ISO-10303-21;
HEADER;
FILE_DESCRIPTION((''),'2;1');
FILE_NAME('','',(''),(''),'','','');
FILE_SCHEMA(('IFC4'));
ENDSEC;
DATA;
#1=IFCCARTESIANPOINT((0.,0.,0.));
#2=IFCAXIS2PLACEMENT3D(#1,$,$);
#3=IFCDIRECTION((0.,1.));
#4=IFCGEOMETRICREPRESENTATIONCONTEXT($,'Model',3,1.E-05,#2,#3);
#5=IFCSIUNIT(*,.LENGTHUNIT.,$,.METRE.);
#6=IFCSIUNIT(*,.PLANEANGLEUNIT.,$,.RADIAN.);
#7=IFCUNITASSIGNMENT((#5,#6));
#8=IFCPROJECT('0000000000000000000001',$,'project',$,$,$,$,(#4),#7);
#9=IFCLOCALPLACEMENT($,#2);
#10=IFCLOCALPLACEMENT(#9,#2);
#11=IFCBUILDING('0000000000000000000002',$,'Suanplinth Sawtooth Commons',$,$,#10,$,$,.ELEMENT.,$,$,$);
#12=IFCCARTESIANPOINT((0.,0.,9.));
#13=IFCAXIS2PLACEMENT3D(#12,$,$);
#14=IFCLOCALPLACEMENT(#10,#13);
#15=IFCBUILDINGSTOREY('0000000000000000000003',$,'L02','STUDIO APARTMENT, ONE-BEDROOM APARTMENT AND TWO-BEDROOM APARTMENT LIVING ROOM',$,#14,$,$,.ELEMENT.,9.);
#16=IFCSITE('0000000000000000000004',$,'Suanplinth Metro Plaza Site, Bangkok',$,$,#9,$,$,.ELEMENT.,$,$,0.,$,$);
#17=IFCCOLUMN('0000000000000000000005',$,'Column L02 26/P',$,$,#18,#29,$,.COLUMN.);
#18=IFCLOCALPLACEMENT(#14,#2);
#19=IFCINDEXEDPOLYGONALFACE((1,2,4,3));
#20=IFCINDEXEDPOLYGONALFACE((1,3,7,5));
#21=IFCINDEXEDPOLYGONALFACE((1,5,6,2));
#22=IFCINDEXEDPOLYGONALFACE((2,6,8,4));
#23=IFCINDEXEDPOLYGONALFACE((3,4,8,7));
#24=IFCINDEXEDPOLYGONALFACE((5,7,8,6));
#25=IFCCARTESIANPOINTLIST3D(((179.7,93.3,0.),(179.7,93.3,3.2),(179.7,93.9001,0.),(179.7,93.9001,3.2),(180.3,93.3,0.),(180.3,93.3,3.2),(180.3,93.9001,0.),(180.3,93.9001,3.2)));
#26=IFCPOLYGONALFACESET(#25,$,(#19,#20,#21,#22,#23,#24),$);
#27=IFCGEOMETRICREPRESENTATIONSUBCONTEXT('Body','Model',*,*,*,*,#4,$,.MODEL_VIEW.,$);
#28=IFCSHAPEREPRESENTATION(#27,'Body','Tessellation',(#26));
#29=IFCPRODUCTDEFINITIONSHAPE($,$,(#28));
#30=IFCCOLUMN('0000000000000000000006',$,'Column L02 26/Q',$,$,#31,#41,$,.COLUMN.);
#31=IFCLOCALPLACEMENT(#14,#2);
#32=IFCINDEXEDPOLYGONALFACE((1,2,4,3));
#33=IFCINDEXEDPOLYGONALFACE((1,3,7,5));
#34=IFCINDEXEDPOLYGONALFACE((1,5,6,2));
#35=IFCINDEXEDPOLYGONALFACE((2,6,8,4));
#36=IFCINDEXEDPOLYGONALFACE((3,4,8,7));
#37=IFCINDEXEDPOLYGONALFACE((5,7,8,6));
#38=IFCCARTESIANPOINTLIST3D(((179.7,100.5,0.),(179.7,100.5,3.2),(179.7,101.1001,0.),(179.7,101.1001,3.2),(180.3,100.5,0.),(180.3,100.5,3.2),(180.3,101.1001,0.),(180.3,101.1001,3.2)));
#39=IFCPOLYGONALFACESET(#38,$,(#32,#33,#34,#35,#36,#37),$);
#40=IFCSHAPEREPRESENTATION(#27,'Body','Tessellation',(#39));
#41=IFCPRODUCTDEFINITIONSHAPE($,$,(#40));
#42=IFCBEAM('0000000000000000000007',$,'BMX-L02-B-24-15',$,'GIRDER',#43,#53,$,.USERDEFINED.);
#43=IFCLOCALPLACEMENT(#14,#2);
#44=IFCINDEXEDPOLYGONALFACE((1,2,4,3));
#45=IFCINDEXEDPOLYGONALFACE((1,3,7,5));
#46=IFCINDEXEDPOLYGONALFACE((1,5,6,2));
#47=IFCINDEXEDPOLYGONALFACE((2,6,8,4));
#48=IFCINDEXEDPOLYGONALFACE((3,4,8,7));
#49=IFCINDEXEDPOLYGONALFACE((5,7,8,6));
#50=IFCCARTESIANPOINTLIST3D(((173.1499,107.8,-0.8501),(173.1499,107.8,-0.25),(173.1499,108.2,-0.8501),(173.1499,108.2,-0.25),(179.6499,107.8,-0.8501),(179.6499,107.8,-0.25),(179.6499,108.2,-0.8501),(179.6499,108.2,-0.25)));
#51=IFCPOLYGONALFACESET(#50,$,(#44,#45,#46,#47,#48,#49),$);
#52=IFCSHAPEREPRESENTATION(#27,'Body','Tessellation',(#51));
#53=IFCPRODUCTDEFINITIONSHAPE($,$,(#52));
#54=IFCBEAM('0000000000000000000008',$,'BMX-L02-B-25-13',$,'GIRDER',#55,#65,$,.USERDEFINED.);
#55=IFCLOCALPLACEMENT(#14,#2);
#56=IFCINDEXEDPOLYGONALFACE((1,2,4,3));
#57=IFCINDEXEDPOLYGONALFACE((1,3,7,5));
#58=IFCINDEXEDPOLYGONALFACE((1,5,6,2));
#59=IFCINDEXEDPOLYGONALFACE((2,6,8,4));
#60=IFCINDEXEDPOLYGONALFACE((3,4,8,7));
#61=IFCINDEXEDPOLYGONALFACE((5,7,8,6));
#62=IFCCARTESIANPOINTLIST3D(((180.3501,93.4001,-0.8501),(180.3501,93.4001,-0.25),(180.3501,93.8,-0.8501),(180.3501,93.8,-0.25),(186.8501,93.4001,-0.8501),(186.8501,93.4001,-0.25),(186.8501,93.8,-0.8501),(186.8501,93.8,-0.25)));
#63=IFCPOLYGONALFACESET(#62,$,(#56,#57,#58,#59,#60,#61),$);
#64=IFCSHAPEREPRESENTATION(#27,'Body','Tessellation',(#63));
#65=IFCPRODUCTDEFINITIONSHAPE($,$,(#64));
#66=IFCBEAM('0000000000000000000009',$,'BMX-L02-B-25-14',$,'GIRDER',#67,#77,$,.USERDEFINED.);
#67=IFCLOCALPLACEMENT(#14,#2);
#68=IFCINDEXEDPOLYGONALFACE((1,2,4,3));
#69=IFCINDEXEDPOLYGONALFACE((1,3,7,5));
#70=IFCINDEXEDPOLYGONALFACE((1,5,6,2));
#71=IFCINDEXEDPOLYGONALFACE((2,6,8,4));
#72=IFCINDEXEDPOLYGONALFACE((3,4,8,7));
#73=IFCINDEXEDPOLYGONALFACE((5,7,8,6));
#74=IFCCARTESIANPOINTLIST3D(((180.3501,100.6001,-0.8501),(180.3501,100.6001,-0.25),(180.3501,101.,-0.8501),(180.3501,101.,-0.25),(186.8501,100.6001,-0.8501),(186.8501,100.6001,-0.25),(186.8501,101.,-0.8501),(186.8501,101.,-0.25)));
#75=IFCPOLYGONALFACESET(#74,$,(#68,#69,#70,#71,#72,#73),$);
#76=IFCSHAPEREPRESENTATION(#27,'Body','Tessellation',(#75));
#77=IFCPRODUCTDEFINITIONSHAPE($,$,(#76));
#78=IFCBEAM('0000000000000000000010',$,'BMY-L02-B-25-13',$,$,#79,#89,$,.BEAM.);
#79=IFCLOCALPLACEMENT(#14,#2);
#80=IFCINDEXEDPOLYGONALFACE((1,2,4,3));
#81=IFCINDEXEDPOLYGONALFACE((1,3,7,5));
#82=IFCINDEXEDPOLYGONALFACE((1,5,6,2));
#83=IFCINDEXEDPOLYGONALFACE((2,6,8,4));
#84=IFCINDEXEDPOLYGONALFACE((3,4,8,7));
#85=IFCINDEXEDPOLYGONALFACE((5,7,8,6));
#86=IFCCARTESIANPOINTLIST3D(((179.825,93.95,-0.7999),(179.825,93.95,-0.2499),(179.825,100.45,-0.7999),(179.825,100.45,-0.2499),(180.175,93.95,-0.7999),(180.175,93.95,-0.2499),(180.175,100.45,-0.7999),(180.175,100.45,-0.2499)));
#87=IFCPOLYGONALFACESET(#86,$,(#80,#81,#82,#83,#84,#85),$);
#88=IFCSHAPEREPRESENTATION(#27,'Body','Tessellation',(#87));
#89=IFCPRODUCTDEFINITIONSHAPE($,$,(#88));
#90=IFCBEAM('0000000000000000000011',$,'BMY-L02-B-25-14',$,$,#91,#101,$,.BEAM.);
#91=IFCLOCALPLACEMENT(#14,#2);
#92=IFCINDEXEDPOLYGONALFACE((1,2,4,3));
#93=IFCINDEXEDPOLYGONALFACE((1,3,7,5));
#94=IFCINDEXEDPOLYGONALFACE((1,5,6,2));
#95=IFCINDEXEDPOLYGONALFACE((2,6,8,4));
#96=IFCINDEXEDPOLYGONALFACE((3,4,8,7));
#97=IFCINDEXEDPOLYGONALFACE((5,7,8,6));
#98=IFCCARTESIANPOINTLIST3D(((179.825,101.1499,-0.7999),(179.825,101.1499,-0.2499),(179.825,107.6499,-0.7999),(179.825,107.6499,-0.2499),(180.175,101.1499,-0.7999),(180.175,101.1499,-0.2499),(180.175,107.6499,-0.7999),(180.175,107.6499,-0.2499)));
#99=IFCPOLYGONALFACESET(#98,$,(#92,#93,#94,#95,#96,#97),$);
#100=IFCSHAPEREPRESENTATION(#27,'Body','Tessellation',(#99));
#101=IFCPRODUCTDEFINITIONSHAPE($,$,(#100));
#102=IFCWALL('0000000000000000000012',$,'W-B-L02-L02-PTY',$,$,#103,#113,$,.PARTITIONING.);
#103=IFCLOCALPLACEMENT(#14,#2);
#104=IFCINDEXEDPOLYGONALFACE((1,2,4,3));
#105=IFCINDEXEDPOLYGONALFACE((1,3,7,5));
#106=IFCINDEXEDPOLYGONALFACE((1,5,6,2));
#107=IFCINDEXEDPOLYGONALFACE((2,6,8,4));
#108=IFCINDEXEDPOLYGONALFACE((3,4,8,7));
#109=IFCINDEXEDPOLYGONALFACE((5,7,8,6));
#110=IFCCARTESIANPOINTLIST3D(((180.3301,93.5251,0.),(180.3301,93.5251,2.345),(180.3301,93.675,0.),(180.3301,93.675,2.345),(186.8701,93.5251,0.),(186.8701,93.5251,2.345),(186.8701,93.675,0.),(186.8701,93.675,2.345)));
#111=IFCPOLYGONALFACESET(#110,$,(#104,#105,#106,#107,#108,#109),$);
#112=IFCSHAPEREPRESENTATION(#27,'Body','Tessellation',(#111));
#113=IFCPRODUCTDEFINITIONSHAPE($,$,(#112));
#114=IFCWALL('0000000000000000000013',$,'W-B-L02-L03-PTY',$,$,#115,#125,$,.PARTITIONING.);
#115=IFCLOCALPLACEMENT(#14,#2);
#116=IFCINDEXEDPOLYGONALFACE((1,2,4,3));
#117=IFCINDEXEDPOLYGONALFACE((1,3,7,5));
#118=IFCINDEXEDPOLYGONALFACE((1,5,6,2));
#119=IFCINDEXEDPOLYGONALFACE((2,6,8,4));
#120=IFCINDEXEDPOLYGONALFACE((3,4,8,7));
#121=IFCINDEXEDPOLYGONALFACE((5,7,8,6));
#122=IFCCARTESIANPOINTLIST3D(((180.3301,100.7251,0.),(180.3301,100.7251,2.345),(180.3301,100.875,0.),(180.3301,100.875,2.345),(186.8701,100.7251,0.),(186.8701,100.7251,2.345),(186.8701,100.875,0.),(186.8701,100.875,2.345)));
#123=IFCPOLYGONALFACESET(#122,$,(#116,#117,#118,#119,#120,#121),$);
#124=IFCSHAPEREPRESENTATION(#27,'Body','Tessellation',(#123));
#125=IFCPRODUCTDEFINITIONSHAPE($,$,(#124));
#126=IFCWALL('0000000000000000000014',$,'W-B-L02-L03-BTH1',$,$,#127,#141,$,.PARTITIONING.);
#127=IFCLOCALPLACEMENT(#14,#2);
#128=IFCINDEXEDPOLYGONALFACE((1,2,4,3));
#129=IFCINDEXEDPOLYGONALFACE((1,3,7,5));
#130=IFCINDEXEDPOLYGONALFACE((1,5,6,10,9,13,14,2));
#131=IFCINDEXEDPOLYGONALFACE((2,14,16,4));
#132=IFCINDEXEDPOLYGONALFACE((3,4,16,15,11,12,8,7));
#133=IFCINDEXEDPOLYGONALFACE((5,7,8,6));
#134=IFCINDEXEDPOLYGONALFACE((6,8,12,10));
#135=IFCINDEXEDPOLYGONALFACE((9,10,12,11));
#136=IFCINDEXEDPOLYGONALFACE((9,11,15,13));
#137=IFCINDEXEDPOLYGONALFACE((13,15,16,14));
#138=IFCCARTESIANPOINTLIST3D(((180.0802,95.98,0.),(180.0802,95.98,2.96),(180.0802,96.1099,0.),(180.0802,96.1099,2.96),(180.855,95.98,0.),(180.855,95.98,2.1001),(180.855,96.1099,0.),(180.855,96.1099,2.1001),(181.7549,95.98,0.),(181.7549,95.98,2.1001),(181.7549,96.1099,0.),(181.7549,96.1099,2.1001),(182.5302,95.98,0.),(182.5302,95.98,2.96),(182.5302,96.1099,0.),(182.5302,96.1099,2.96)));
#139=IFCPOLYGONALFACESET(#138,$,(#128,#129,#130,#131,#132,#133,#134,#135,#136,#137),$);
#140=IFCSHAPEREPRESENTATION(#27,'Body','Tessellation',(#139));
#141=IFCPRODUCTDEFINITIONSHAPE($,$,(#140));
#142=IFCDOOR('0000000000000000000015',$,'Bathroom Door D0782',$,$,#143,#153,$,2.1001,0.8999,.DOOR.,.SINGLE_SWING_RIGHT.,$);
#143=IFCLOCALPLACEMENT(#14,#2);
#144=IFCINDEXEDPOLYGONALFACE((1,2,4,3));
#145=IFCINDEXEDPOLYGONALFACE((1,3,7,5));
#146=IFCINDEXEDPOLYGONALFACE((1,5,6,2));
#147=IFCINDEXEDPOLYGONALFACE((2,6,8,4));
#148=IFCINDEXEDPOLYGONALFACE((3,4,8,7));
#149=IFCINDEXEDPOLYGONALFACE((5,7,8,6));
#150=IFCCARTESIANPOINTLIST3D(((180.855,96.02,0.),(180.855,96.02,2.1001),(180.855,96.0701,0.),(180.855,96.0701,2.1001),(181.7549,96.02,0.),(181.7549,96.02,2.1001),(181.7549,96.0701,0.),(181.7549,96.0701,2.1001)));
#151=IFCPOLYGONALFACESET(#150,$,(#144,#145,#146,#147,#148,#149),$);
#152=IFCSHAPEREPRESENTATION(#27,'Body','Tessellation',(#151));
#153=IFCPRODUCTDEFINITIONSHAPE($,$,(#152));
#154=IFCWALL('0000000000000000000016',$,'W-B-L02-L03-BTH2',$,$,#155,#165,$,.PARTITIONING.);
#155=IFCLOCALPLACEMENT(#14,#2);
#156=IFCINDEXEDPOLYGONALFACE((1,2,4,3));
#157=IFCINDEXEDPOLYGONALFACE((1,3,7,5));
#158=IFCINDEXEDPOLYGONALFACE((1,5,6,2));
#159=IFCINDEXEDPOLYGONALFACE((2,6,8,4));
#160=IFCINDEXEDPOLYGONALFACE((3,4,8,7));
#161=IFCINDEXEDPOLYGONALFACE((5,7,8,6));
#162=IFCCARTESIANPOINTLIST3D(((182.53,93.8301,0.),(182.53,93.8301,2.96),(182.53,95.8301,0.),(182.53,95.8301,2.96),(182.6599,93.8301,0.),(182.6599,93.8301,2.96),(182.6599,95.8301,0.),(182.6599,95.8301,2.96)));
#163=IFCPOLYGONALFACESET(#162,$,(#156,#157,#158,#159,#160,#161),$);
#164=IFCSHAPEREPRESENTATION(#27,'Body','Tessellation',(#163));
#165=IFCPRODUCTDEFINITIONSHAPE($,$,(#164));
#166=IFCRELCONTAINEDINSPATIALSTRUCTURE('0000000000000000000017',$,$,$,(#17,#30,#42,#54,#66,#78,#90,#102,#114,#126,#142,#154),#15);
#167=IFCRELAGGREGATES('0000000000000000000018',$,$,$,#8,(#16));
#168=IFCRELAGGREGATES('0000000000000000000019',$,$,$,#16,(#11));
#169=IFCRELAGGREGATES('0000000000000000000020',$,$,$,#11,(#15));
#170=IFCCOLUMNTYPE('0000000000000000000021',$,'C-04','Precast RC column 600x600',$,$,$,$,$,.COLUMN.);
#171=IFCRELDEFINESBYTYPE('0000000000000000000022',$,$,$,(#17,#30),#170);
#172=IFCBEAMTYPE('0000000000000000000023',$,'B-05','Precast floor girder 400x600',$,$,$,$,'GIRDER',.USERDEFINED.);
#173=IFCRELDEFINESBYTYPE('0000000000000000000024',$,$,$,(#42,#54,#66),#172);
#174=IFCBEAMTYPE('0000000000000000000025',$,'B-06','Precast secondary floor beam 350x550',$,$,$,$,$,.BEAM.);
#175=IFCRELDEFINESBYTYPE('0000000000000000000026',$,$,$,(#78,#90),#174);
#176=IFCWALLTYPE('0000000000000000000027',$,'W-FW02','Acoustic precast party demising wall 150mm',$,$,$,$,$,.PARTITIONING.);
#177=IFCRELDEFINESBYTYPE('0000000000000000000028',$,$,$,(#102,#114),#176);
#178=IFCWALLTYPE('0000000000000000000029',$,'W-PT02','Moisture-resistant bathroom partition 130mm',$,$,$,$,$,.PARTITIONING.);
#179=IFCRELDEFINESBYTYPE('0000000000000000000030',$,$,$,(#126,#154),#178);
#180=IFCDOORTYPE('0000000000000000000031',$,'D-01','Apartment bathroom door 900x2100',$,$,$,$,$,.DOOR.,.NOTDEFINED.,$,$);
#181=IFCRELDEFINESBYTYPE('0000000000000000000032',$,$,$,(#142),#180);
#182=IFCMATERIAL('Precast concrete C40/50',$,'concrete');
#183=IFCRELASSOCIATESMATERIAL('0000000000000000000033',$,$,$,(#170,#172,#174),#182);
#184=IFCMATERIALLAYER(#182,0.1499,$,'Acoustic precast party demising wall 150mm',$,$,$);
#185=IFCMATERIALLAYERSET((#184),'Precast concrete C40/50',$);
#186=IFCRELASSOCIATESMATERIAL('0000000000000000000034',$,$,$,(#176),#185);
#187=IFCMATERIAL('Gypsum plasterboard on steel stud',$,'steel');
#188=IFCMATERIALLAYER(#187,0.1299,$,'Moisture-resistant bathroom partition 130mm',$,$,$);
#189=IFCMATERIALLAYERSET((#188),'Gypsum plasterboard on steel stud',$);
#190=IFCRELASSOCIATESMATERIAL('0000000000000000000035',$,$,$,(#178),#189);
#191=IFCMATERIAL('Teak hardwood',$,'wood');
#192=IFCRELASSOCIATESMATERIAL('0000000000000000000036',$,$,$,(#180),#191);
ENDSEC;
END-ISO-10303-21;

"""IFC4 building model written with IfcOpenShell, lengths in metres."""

from ifc_helpers import new_model, si_unit, direction, frame, frame_2d, origin, origin_2d, place, context, subcontext, project, spatial, rectangle, extrude, material, layer, layer_set, material_profile, profile_set, type_object, element, fill, save


model = new_model("IFC4")

# Units and contexts
model_context = context("Model", 3, precision=1e-05, world=origin(), true_north=direction((0.0, 1.0)))
body_context = subcontext(model_context, "Body", "Model", "MODEL_VIEW")
ifc_project = project(units=[si_unit("LENGTHUNIT", "METRE"), si_unit("PLANEANGLEUNIT", "RADIAN")], contexts=[model_context])

# Site, building, storey
site_placement = place(None, origin())
site = spatial("IfcSite", under=ifc_project, at=site_placement, Name="Suanplinth Metro Plaza Site, Bangkok", CompositionType="ELEMENT", RefElevation=0.0)
building_placement = place(site_placement, origin())
building = spatial("IfcBuilding", under=site, at=building_placement, Name="Suanplinth Sawtooth Commons", CompositionType="ELEMENT")
storey_placement = place(building_placement, frame((0.0, 0.0, 9.0)))
storey = spatial("IfcBuildingStorey", under=building, at=storey_placement, Name="L02", Description="STUDIO APARTMENT, ONE-BEDROOM APARTMENT AND TWO-BEDROOM APARTMENT LIVING ROOM", CompositionType="ELEMENT", Elevation=9.0)

# Columns
ifc_material_1 = material(Name="Precast concrete C40/50", Category="concrete")
ifc_material_profile_1 = material_profile(ifc_material_1, rectangle(XDim=0.6001, YDim=0.6001, at=origin_2d()), Name="PC-COL 600x600")
ifc_profile_set_1 = profile_set([ifc_material_profile_1], Name="Precast concrete C40/50")
column_type = type_object("IfcColumnType", Name="C-04", Description="Precast RC column 600x600", PredefinedType="COLUMN", material=ifc_profile_set_1)
for number, where, z_axis, x_axis, name in (
    (1, (180.0, 93.6001, 0.0), (0.0, 0.0, 1.0), (1.0, 0.0, 0.0), "Column L02 26/P"),
    (2, (180.0, 100.8, 0.0), (0.0, 0.0, 1.0), (1.0, 0.0, 0.0), "Column L02 26/Q"),
):
    element("IfcColumn", number, at=place(storey_placement, frame(where, z_axis=z_axis, x_axis=x_axis)), inside=storey, type_object=column_type, Name=name, PredefinedType="COLUMN", context=body_context, shape_type="SweptSolid", body=[
        extrude(rectangle(XDim=0.6001, YDim=0.6001, at=origin_2d()), origin(), (0.0, 0.0, 1.0), 3.2),
    ])

# Beams
ifc_material_profile_2 = material_profile(ifc_material_1, rectangle(XDim=0.3999, YDim=0.6001, at=origin_2d()), Name="PC-GDR 400x600")
ifc_profile_set_2 = profile_set([ifc_material_profile_2], Name="Precast concrete C40/50")
beam_type_1 = type_object("IfcBeamType", Name="B-05", Description="Precast floor girder 400x600", ElementType="GIRDER", PredefinedType="USERDEFINED", material=ifc_profile_set_2)
for number, where, z_axis, x_axis, name in (
    (3, (173.1499, 108.0, -0.55), (1.0, 0.0, 0.0), (0.0, 1.0, 0.0), "BMX-L02-B-24-15"),
    (4, (180.3501, 93.6001, -0.55), (1.0, 0.0, 0.0), (0.0, 1.0, 0.0), "BMX-L02-B-25-13"),
    (5, (180.3501, 100.8, -0.55), (1.0, 0.0, 0.0), (0.0, 1.0, 0.0), "BMX-L02-B-25-14"),
):
    element("IfcBeam", number, at=place(storey_placement, frame(where, z_axis=z_axis, x_axis=x_axis)), inside=storey, type_object=beam_type_1, Name=name, ObjectType="GIRDER", PredefinedType="USERDEFINED", context=body_context, shape_type="SweptSolid", body=[
        extrude(rectangle(XDim=0.3999, YDim=0.6001, at=origin_2d()), origin(), (0.0, 0.0, 1.0), 6.5),
    ])
ifc_material_profile_3 = material_profile(ifc_material_1, rectangle(XDim=0.3501, YDim=0.55, at=origin_2d()), Name="PC-BM 350x550")
ifc_profile_set_3 = profile_set([ifc_material_profile_3], Name="Precast concrete C40/50")
beam_type_2 = type_object("IfcBeamType", Name="B-06", Description="Precast secondary floor beam 350x550", PredefinedType="BEAM", material=ifc_profile_set_3)
for number, where, z_axis, x_axis, name in (
    (6, (180.0, 93.95, -0.5249), (0.0, 1.0, 0.0), (-1.0, 0.0, 0.0), "BMY-L02-B-25-13"),
    (7, (180.0, 101.1499, -0.5249), (0.0, 1.0, 0.0), (-1.0, 0.0, 0.0), "BMY-L02-B-25-14"),
):
    element("IfcBeam", number, at=place(storey_placement, frame(where, z_axis=z_axis, x_axis=x_axis)), inside=storey, type_object=beam_type_2, Name=name, PredefinedType="BEAM", context=body_context, shape_type="SweptSolid", body=[
        extrude(rectangle(XDim=0.3501, YDim=0.55, at=origin_2d()), origin(), (0.0, 0.0, 1.0), 6.5),
    ])

# Walls
ifc_layer_1 = layer(ifc_material_1, 0.1499, Name="Acoustic precast party demising wall 150mm")
ifc_layer_set_1 = layer_set([ifc_layer_1], Name="Precast concrete C40/50")
wall_type_1 = type_object("IfcWallType", Name="W-FW02", Description="Acoustic precast party demising wall 150mm", PredefinedType="PARTITIONING", material=ifc_layer_set_1)
for number, where, z_axis, x_axis, name in (
    (8, (180.3301, 93.6001, 0.0), (0.0, 0.0, 1.0), (1.0, 0.0, 0.0), "W-B-L02-L02-PTY"),
    (9, (180.3301, 100.8, 0.0), (0.0, 0.0, 1.0), (1.0, 0.0, 0.0), "W-B-L02-L03-PTY"),
):
    element("IfcWall", number, at=place(storey_placement, frame(where, z_axis=z_axis, x_axis=x_axis)), inside=storey, type_object=wall_type_1, Name=name, PredefinedType="PARTITIONING", context=body_context, shape_type="SweptSolid", body=[
        extrude(rectangle(XDim=6.54, YDim=0.1499, at=frame_2d((3.27, 0.0))), origin(), (0.0, 0.0, 1.0), 2.345),
    ])

# Wall, opening, door
ifc_material_2 = material(Name="Gypsum plasterboard on steel stud", Category="steel")
ifc_layer_2 = layer(ifc_material_2, 0.1299, Name="Moisture-resistant bathroom partition 130mm")
ifc_layer_set_2 = layer_set([ifc_layer_2], Name="Gypsum plasterboard on steel stud")
wall_type_2 = type_object("IfcWallType", Name="W-PT02", Description="Moisture-resistant bathroom partition 130mm", PredefinedType="PARTITIONING", material=ifc_layer_set_2)
wall_1_placement = place(storey_placement, frame((180.0801, 96.0449, 0.0), z_axis=(0.0, 0.0, 1.0), x_axis=(1.0, 0.0, 0.0)))
wall_1 = element("IfcWall", 10, at=wall_1_placement, inside=storey, type_object=wall_type_2, Name="W-B-L02-L03-BTH1", PredefinedType="PARTITIONING", context=body_context, shape_type="SweptSolid", body=[
    extrude(rectangle(XDim=2.45, YDim=0.1299, at=frame_2d((1.2251, 0.0))), origin(), (0.0, 0.0, 1.0), 2.96),
])
opening_1_placement = place(wall_1_placement, frame((0.7749, 0.0, 0.0)))
opening_1 = element("IfcOpeningElement", 11, at=opening_1_placement, cuts=wall_1, PredefinedType="OPENING", context=body_context, shape_type="SweptSolid", body=[
    extrude(rectangle(XDim=0.8999, YDim=2.1001, at=frame_2d((0.45, 1.05))), frame((0.0, 0.0798, 0.0), z_axis=(0.0, -1.0, 0.0), x_axis=(1.0, 0.0, 0.0)), (0.0, 0.0, 1.0), 0.1597),
])
ifc_material_3 = material(Name="Teak hardwood", Category="wood")
door_type_1 = type_object("IfcDoorType", Name="D-01", Description="Apartment bathroom door 900x2100", OperationType="NOTDEFINED", PredefinedType="DOOR", material=ifc_material_3)
door_1_placement = place(opening_1_placement, frame((0.8999, 0.0, 0.0), z_axis=(0.0, 0.0, 1.0), x_axis=(-1.0, 0.0, 0.0)))
door_1 = element("IfcDoor", 12, at=door_1_placement, inside=storey, type_object=door_type_1, Name="Bathroom Door D0782", OperationType="SINGLE_SWING_RIGHT", OverallHeight=2.1001, OverallWidth=0.8999, PredefinedType="DOOR", context=body_context, shape_type="SweptSolid", body=[
    extrude(rectangle(XDim=0.8999, YDim=2.1001, at=frame_2d((0.45, 1.05))), frame((0.0, 0.0249, 0.0), z_axis=(0.0, -1.0, 0.0), x_axis=(1.0, 0.0, 0.0)), (0.0, 0.0, 1.0), 0.05),
])
fill(opening_1, door_1)

# Wall
wall_2_placement = place(storey_placement, frame((182.595, 93.8301, 0.0), z_axis=(0.0, 0.0, 1.0), x_axis=(0.0, 1.0, 0.0)))
element("IfcWall", 13, at=wall_2_placement, inside=storey, type_object=wall_type_2, Name="W-B-L02-L03-BTH2", PredefinedType="PARTITIONING", context=body_context, shape_type="SweptSolid", body=[
    extrude(rectangle(XDim=2.0, YDim=0.1299, at=frame_2d((1.0, 0.0))), origin(), (0.0, 0.0, 1.0), 2.96),
])

save(model, "model.ifc")
